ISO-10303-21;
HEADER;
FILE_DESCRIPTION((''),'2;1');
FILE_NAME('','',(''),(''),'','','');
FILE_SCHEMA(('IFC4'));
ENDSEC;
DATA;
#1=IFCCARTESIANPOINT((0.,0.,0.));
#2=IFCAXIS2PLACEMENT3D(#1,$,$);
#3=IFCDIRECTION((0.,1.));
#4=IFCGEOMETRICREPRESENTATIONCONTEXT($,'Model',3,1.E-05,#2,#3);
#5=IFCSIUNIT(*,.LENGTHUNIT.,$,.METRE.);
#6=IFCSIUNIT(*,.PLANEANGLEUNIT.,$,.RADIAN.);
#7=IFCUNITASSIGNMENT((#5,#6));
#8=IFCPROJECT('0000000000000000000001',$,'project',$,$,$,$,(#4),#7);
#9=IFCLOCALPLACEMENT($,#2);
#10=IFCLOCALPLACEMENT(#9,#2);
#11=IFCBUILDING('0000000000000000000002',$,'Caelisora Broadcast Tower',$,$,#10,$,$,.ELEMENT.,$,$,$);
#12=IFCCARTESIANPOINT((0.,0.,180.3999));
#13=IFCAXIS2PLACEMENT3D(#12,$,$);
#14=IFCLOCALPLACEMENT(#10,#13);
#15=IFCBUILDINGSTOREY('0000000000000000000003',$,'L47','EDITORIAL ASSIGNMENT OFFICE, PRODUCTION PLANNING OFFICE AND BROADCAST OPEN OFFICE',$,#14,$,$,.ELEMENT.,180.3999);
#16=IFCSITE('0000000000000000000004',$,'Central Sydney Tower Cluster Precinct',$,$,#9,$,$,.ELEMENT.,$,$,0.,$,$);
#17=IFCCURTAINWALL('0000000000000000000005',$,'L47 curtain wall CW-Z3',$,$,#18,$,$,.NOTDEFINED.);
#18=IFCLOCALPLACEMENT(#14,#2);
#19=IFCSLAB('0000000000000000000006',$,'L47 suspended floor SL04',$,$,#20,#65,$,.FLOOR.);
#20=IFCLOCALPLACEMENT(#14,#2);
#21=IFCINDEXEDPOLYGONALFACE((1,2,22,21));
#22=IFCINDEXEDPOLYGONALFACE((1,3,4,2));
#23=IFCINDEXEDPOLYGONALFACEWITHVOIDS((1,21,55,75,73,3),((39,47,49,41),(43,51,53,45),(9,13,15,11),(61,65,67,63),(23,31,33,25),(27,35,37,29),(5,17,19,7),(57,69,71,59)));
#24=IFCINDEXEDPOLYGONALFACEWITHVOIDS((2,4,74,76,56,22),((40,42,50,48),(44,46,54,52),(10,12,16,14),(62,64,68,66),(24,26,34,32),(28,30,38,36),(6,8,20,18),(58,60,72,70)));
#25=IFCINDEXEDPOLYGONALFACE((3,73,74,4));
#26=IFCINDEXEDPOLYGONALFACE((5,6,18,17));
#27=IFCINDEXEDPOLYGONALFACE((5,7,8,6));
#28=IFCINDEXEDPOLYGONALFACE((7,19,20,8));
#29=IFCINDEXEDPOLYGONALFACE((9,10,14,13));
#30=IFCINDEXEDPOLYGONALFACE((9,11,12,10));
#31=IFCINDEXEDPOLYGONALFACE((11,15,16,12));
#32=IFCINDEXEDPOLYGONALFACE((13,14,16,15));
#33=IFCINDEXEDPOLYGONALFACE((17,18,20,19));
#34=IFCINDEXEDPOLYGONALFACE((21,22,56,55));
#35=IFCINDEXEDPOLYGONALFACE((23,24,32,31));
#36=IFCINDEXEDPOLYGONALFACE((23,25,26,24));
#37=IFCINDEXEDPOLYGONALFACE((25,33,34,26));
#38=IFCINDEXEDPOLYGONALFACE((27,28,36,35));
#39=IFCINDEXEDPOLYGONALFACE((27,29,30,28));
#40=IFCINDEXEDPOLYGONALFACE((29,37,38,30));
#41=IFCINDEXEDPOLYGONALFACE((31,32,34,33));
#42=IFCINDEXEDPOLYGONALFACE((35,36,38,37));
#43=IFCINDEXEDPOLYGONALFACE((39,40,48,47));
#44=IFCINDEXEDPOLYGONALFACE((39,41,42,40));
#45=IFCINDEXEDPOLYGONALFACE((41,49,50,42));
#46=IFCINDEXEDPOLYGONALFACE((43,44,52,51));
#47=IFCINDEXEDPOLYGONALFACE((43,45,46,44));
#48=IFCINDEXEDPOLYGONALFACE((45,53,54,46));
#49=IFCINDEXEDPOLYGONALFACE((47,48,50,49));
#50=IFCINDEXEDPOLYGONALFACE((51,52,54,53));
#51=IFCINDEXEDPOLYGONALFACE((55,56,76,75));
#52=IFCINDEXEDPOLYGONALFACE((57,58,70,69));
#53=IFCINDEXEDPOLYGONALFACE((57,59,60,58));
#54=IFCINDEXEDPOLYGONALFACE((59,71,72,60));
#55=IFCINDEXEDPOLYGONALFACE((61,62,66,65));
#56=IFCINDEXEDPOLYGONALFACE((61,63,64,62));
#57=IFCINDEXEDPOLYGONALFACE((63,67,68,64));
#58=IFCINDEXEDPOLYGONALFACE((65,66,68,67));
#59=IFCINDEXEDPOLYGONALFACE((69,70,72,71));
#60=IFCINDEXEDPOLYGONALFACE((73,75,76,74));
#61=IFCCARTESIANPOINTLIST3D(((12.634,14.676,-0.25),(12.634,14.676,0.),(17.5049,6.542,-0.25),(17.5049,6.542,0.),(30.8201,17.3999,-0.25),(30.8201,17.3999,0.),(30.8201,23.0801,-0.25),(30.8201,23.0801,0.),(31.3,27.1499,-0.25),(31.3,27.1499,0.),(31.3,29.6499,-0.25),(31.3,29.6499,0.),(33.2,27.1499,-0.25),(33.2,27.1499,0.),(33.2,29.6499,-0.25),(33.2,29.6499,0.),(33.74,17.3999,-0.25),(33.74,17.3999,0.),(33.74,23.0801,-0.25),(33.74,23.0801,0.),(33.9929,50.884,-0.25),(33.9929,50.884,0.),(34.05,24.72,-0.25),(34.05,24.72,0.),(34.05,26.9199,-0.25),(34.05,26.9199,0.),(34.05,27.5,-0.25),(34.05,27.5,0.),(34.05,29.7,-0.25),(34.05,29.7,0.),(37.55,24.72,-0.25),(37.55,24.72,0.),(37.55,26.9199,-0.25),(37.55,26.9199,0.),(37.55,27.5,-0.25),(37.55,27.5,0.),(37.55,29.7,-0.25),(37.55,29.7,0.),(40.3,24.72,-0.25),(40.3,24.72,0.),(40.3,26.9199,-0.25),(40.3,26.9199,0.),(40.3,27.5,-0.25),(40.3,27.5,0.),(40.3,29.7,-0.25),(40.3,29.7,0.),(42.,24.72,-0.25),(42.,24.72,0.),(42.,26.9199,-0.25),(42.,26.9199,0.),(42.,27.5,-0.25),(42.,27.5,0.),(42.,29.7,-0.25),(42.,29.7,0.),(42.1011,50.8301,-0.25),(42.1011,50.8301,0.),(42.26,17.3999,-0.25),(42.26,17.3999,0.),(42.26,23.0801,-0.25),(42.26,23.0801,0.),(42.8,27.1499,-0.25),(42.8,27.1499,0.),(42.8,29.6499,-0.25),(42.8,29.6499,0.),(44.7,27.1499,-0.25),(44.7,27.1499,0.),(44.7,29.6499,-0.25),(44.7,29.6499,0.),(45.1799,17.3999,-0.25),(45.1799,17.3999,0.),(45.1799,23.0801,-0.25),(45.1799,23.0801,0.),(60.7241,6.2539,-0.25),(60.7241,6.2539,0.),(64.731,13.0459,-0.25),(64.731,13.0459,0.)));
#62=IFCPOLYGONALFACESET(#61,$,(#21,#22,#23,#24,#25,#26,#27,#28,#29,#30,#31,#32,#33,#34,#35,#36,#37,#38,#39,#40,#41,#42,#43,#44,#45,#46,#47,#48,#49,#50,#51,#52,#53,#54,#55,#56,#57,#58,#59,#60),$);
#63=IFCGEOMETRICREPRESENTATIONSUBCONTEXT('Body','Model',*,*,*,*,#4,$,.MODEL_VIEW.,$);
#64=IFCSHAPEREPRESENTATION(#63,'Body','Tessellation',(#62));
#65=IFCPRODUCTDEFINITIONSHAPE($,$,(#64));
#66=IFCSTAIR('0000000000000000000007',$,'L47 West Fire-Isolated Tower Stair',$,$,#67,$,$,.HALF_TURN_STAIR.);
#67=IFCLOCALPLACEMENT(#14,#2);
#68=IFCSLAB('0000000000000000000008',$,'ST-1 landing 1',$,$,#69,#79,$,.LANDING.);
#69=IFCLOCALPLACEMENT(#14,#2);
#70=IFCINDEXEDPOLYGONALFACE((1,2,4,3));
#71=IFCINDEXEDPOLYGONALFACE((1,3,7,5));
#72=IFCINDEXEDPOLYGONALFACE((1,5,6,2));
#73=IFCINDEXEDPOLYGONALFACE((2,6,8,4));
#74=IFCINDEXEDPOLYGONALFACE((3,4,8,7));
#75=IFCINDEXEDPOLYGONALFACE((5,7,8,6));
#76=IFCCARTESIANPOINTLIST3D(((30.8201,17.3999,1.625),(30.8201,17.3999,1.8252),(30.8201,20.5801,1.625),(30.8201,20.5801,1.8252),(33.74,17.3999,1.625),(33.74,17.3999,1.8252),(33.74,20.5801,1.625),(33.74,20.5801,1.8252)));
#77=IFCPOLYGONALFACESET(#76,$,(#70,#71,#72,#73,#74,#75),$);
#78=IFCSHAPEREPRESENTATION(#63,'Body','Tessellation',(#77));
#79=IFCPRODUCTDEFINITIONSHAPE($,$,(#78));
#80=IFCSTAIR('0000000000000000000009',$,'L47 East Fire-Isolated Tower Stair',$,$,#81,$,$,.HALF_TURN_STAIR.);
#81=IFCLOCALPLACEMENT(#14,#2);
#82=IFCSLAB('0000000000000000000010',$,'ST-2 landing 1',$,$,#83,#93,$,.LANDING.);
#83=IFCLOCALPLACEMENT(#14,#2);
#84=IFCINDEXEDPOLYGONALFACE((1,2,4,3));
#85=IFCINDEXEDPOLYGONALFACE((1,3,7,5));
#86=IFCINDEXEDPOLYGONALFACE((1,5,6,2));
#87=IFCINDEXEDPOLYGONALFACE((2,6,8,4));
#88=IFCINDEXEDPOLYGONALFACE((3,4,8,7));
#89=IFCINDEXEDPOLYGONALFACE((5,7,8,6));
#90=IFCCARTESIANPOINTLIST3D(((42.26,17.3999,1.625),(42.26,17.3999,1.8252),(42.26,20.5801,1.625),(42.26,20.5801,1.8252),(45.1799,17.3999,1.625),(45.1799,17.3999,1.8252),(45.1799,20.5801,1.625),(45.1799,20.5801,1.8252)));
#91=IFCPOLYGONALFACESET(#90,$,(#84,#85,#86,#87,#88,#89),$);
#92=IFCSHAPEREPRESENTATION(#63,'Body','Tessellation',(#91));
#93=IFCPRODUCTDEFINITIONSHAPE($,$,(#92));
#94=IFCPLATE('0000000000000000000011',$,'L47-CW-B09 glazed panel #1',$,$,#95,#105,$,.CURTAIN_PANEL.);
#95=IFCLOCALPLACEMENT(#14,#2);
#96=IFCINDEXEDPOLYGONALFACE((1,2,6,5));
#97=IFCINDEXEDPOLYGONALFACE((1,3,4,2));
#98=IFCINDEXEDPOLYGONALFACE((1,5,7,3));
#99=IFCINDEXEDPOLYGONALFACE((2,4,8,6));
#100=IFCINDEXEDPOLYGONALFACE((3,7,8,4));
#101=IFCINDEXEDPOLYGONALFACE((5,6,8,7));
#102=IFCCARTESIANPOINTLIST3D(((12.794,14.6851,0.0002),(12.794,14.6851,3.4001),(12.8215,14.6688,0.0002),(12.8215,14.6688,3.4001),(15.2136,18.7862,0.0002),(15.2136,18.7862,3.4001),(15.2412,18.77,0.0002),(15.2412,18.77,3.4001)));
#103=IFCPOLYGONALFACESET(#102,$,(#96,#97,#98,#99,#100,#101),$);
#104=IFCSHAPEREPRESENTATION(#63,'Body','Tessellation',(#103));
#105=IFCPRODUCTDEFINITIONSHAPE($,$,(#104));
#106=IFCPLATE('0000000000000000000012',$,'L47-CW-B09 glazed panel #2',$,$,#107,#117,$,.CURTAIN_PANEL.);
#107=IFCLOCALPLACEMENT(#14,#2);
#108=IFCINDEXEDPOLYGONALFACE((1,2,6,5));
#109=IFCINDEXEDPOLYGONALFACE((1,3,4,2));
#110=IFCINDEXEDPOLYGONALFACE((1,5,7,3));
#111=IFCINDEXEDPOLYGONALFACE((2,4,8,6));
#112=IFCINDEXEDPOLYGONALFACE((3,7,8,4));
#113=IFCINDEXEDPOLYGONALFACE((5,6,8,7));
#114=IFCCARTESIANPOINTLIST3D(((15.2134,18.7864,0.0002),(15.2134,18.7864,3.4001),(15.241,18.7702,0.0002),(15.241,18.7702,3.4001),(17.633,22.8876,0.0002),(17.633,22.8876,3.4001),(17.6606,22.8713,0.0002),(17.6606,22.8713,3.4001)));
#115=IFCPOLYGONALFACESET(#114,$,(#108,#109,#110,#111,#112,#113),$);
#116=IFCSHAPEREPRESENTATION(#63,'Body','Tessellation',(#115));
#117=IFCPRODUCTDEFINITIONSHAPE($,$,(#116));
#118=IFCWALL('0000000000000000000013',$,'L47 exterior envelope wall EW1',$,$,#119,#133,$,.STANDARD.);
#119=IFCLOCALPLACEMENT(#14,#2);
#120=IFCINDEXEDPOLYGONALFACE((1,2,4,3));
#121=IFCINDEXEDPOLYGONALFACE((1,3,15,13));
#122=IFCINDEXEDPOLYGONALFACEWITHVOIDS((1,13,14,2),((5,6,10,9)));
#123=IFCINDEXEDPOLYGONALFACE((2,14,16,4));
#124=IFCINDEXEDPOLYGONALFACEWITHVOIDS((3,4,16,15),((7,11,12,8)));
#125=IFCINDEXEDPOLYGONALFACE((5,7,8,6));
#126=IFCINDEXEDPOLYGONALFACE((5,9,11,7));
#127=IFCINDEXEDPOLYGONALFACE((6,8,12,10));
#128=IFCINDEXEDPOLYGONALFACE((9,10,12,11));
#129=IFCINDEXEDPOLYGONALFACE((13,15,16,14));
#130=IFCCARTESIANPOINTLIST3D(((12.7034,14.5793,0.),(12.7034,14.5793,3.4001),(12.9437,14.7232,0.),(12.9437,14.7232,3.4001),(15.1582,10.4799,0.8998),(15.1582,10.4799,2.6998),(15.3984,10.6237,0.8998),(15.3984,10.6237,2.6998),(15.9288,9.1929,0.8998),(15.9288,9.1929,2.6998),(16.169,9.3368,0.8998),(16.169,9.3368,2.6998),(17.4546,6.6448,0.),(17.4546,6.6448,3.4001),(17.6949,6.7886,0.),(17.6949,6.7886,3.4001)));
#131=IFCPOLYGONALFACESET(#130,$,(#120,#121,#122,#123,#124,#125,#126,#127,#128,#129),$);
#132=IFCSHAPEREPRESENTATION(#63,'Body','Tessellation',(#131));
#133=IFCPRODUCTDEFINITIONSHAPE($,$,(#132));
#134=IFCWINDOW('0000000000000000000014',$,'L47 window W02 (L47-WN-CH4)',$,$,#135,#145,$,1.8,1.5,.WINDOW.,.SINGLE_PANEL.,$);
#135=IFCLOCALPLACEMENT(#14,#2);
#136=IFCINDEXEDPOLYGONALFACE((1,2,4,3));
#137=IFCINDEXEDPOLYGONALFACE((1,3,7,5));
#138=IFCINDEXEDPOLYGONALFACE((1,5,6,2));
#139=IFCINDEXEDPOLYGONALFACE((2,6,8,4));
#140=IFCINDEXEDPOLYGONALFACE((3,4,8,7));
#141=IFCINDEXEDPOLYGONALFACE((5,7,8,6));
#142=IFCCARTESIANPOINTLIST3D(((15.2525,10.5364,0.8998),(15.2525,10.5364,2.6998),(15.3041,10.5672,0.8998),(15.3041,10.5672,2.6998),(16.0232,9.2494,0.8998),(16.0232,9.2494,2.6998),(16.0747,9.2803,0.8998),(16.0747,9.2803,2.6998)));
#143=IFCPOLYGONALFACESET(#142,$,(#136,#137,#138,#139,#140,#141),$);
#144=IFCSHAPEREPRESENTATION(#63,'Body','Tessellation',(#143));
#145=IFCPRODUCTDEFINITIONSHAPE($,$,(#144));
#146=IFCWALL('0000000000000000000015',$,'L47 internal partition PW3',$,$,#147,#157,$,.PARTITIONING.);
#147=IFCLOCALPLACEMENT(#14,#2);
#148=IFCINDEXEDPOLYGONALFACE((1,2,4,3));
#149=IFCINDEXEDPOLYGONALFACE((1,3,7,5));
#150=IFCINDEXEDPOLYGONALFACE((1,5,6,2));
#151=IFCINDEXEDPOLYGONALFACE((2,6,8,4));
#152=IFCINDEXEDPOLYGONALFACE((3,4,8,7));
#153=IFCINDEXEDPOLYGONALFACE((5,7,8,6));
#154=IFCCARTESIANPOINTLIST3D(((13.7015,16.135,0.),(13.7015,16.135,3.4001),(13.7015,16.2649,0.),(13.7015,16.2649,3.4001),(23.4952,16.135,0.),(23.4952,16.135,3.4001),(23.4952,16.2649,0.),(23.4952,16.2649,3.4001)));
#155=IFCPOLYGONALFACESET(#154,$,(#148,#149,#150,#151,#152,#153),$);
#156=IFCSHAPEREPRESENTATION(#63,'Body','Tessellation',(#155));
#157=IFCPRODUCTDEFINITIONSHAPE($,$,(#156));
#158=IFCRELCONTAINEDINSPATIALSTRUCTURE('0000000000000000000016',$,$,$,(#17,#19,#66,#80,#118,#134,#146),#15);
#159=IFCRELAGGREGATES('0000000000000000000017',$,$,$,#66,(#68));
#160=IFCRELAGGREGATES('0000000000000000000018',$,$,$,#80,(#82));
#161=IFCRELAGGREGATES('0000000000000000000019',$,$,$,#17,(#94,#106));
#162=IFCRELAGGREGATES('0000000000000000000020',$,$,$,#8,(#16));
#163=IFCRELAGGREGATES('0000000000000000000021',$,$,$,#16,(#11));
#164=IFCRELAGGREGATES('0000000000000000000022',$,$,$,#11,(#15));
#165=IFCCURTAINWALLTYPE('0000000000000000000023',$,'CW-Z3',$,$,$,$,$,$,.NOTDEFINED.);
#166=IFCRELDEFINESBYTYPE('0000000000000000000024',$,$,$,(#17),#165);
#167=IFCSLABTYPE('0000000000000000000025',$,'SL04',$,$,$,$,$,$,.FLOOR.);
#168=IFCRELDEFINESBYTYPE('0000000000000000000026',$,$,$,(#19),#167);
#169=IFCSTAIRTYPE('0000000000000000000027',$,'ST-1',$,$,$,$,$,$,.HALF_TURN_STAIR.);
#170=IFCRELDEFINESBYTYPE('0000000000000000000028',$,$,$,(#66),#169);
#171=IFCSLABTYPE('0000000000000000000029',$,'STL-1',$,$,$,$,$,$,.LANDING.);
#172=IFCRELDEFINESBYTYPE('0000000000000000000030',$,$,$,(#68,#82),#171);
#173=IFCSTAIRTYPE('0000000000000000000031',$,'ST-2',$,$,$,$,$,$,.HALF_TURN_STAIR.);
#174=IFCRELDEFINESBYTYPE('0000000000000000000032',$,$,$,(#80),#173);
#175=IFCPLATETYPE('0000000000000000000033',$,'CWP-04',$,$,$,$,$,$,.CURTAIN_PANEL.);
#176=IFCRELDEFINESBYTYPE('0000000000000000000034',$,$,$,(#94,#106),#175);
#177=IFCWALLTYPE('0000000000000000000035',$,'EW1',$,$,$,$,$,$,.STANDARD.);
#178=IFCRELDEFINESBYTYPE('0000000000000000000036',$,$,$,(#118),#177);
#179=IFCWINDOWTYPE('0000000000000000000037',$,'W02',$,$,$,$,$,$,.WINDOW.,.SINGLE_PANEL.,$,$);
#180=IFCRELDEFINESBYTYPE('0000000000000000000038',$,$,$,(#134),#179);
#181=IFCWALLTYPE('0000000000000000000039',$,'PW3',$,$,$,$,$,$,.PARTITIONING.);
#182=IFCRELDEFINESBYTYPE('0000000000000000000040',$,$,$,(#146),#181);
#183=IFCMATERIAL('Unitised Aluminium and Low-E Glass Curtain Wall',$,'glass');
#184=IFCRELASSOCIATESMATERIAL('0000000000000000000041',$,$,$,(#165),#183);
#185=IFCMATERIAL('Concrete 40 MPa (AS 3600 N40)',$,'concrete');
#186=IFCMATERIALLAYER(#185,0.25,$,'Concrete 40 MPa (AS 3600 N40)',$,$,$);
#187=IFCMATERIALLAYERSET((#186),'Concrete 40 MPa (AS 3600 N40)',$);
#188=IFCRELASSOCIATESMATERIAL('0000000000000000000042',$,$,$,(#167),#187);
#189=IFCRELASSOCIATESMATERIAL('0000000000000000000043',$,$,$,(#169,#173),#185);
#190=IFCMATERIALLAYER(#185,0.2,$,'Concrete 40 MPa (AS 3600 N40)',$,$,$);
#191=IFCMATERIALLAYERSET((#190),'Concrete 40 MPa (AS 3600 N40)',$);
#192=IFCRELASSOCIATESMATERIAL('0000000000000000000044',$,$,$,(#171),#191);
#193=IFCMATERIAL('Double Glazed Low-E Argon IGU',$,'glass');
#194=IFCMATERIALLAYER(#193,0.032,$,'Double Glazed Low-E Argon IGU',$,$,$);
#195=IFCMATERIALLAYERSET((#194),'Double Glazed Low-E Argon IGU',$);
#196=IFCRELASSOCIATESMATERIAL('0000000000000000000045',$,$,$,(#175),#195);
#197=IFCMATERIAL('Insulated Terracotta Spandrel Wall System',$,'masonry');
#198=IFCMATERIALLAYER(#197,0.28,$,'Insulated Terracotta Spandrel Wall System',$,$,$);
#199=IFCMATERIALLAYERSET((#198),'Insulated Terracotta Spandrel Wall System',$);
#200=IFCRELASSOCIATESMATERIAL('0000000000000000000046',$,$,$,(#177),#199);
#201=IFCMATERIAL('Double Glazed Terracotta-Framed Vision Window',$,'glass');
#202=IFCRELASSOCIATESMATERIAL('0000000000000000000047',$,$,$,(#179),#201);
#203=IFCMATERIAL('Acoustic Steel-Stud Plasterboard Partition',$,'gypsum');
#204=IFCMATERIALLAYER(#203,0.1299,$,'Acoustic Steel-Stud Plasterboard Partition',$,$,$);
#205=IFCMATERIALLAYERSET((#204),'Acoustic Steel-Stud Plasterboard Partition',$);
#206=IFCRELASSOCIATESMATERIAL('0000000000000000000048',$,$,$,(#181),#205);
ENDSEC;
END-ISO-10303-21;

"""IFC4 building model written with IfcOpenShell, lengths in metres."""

from ifc_helpers import new_model, si_unit, direction, frame, frame_2d, origin, origin_2d, place, context, subcontext, project, spatial, polyline, rectangle, outline, extrude, source, transform, mapped, material, layer, layer_set, type_object, type_shapes, element, fill, aggregate, save


model = new_model("IFC4")

# Units and contexts
model_context = context("Model", 3, precision=1e-05, world=origin(), true_north=direction((0.0, 1.0)))
body_context = subcontext(model_context, "Body", "Model", "MODEL_VIEW")
ifc_project = project(units=[si_unit("LENGTHUNIT", "METRE"), si_unit("PLANEANGLEUNIT", "RADIAN")], contexts=[model_context])

# Site, building, storey
site_placement = place(None, origin())
site = spatial("IfcSite", under=ifc_project, at=site_placement, Name="Central Sydney Tower Cluster Precinct", CompositionType="ELEMENT", RefElevation=0.0)
building_placement = place(site_placement, origin())
building = spatial("IfcBuilding", under=site, at=building_placement, Name="Caelisora Broadcast Tower", CompositionType="ELEMENT")
storey_placement = place(building_placement, frame((0.0, 0.0, 180.3999)))
storey = spatial("IfcBuildingStorey", under=building, at=storey_placement, Name="L47", Description="EDITORIAL ASSIGNMENT OFFICE, PRODUCTION PLANNING OFFICE AND BROADCAST OPEN OFFICE", CompositionType="ELEMENT", Elevation=180.3999)

# Shared definitions
ifc_material_1 = material(Name="Unitised Aluminium and Low-E Glass Curtain Wall", Category="glass")
curtain_wall_type = type_object("IfcCurtainWallType", Name="CW-Z3", PredefinedType="NOTDEFINED", material=ifc_material_1)

# Curtain wall
curtain_wall_1_placement = place(storey_placement, origin())
curtain_wall_1 = element("IfcCurtainWall", 1, at=curtain_wall_1_placement, inside=storey, type_object=curtain_wall_type, Name="L47 curtain wall CW-Z3", PredefinedType="NOTDEFINED")

# Slab
ifc_material_2 = material(Name="Concrete 40 MPa (AS 3600 N40)", Category="concrete")
ifc_layer_1 = layer(ifc_material_2, 0.25, Name="Concrete 40 MPa (AS 3600 N40)")
ifc_layer_set_1 = layer_set([ifc_layer_1], Name="Concrete 40 MPa (AS 3600 N40)")
slab_type_1 = type_object("IfcSlabType", Name="SL04", PredefinedType="FLOOR", material=ifc_layer_set_1)
slab_1_placement = place(storey_placement, frame((0.0, 0.0, -0.25)))
element("IfcSlab", 2, at=slab_1_placement, inside=storey, type_object=slab_type_1, Name="L47 suspended floor SL04", PredefinedType="FLOOR", context=body_context, shape_type="SweptSolid", body=[
    extrude(outline(polyline([(42.1011, 50.8301), (33.9929, 50.884), (12.634, 14.676), (17.5049, 6.542), (60.7241, 6.2539), (64.731, 13.0459), (42.1011, 50.8301)]), holes=[polyline([(30.8201, 17.3999), (33.74, 17.3999), (33.74, 23.0801), (30.8201, 23.0801), (30.8201, 17.3999)]), polyline([(42.26, 17.3999), (45.1799, 17.3999), (45.1799, 23.0801), (42.26, 23.0801), (42.26, 17.3999)]), polyline([(42.8, 27.1499), (44.7, 27.1499), (44.7, 29.6499), (42.8, 29.6499), (42.8, 27.1499)]), polyline([(40.3, 24.72), (42.0, 24.72), (42.0, 26.9199), (40.3, 26.9199), (40.3, 24.72)]), polyline([(40.3, 27.5), (42.0, 27.5), (42.0, 29.7), (40.3, 29.7), (40.3, 27.5)]), polyline([(34.05, 24.72), (37.55, 24.72), (37.55, 26.9199), (34.05, 26.9199), (34.05, 24.72)]), polyline([(34.05, 27.5), (37.55, 27.5), (37.55, 29.7), (34.05, 29.7), (34.05, 27.5)]), polyline([(31.3, 27.1499), (33.2, 27.1499), (33.2, 29.6499), (31.3, 29.6499), (31.3, 27.1499)])]), origin(), (0.0, 0.0, 1.0), 0.25),
])

# Stairs, slabs
stair_type_1 = type_object("IfcStairType", Name="ST-1", PredefinedType="HALF_TURN_STAIR", material=ifc_material_2)
stair_1_placement = place(storey_placement, origin())
stair_1 = element("IfcStair", 3, at=stair_1_placement, inside=storey, type_object=stair_type_1, Name="L47 West Fire-Isolated Tower Stair", PredefinedType="HALF_TURN_STAIR")
ifc_layer_2 = layer(ifc_material_2, 0.2, Name="Concrete 40 MPa (AS 3600 N40)")
ifc_layer_set_2 = layer_set([ifc_layer_2], Name="Concrete 40 MPa (AS 3600 N40)")
slab_type_2 = type_object("IfcSlabType", Name="STL-1", PredefinedType="LANDING", material=ifc_layer_set_2)
slab_2_placement = place(storey_placement, frame((0.0, 0.0, 1.625)))
slab_2 = element("IfcSlab", 4, at=slab_2_placement, type_object=slab_type_2, Name="ST-1 landing 1", PredefinedType="LANDING", context=body_context, shape_type="SweptSolid", body=[
    extrude(outline(polyline([(30.8201, 20.5801), (30.8201, 17.3999), (33.74, 17.3999), (33.74, 20.5801), (30.8201, 20.5801)])), origin(), (0.0, 0.0, 1.0), 0.2002),
])
aggregate(stair_1, [slab_2])
stair_type_2 = type_object("IfcStairType", Name="ST-2", PredefinedType="HALF_TURN_STAIR", material=ifc_material_2)
stair_2_placement = place(storey_placement, origin())
stair_2 = element("IfcStair", 5, at=stair_2_placement, inside=storey, type_object=stair_type_2, Name="L47 East Fire-Isolated Tower Stair", PredefinedType="HALF_TURN_STAIR")
slab_3_placement = place(storey_placement, frame((0.0, 0.0, 1.625)))
slab_3 = element("IfcSlab", 6, at=slab_3_placement, type_object=slab_type_2, Name="ST-2 landing 1", PredefinedType="LANDING", context=body_context, shape_type="SweptSolid", body=[
    extrude(outline(polyline([(42.26, 20.5801), (42.26, 17.3999), (45.1799, 17.3999), (45.1799, 20.5801), (42.26, 20.5801)])), origin(), (0.0, 0.0, 1.0), 0.2002),
])
aggregate(stair_2, [slab_3])

# Plates
ifc_material_3 = material(Name="Double Glazed Low-E Argon IGU", Category="glass")
ifc_layer_3 = layer(ifc_material_3, 0.032, Name="Double Glazed Low-E Argon IGU")
ifc_layer_set_3 = layer_set([ifc_layer_3], Name="Double Glazed Low-E Argon IGU")
plate_type = type_object("IfcPlateType", Name="CWP-04", PredefinedType="CURTAIN_PANEL", material=ifc_layer_set_3)
shared_shape_1 = source(origin(), body_context, "Body", "SweptSolid", [
    extrude(rectangle(XDim=4.7617, YDim=0.032, at=origin_2d()), origin(), (0.0, 0.0, 1.0), 3.3999),
])
type_shapes(plate_type, [shared_shape_1])
plate_1_placement = place(storey_placement, frame((14.0176, 16.7275, 0.0002), z_axis=(0.0, 0.0, 1.0), x_axis=(0.50814, 0.861275, 0.0)))
plate_1 = element("IfcPlate", 7, at=plate_1_placement, type_object=plate_type, Name="L47-CW-B09 glazed panel #1", PredefinedType="CURTAIN_PANEL", context=body_context, shape_type="MappedRepresentation", body=[
    mapped(shared_shape_1, transform((0.0, 0.0, 0.0), scale=1.0)),
])
plate_2_placement = place(storey_placement, frame((16.437, 20.8289, 0.0002), z_axis=(0.0, 0.0, 1.0), x_axis=(0.50814, 0.861275, 0.0)))
plate_2 = element("IfcPlate", 8, at=plate_2_placement, type_object=plate_type, Name="L47-CW-B09 glazed panel #2", PredefinedType="CURTAIN_PANEL", context=body_context, shape_type="MappedRepresentation", body=[
    mapped(shared_shape_1, transform((0.0, 0.0, 0.0), scale=1.0)),
])
aggregate(curtain_wall_1, [plate_1, plate_2])

# Wall, opening, window
ifc_material_4 = material(Name="Insulated Terracotta Spandrel Wall System", Category="masonry")
ifc_layer_4 = layer(ifc_material_4, 0.28, Name="Insulated Terracotta Spandrel Wall System")
ifc_layer_set_4 = layer_set([ifc_layer_4], Name="Insulated Terracotta Spandrel Wall System")
wall_type_1 = type_object("IfcWallType", Name="EW1", PredefinedType="STANDARD", material=ifc_layer_set_4)
wall_1_placement = place(storey_placement, frame((17.5747, 6.7168, 0.0), z_axis=(0.0, 0.0, 1.0), x_axis=(-0.513739, 0.857947, 0.0)))
wall_1 = element("IfcWall", 9, at=wall_1_placement, inside=storey, type_object=wall_type_1, Name="L47 exterior envelope wall EW1", PredefinedType="STANDARD", context=body_context, shape_type="SweptSolid", body=[
    extrude(rectangle(XDim=9.2483, YDim=0.28, at=frame_2d((4.624, 0.0))), origin(), (0.0, 0.0, 1.0), 3.4001),
])
opening_1_placement = place(wall_1_placement, frame((2.97, 0.0, 0.8999)))
opening_1 = element("IfcOpeningElement", 10, at=opening_1_placement, cuts=wall_1, PredefinedType="OPENING", context=body_context, shape_type="SweptSolid", body=[
    extrude(rectangle(XDim=1.5, YDim=1.8, at=frame_2d((0.75, 0.8999))), frame((0.0, 0.1521, 0.0), z_axis=(0.0, -1.0, 0.0), x_axis=(1.0, 0.0, 0.0)), (0.0, 0.0, 1.0), 0.304),
])
ifc_material_5 = material(Name="Double Glazed Terracotta-Framed Vision Window", Category="glass")
window_type = type_object("IfcWindowType", Name="W02", PartitioningType="SINGLE_PANEL", PredefinedType="WINDOW", material=ifc_material_5)
window_placement = place(opening_1_placement, origin())
window = element("IfcWindow", 11, at=window_placement, inside=storey, type_object=window_type, Name="L47 window W02 (L47-WN-CH4)", OverallHeight=1.8, OverallWidth=1.5, PartitioningType="SINGLE_PANEL", PredefinedType="WINDOW", context=body_context, shape_type="SweptSolid", body=[
    extrude(rectangle(XDim=1.5, YDim=1.8, at=frame_2d((0.75, 0.8999))), frame((0.0, 0.03, 0.0), z_axis=(0.0, -1.0, 0.0), x_axis=(1.0, 0.0, 0.0)), (0.0, 0.0, 1.0), 0.0601),
])
fill(opening_1, window)

# Wall
ifc_material_6 = material(Name="Acoustic Steel-Stud Plasterboard Partition", Category="gypsum")
ifc_layer_5 = layer(ifc_material_6, 0.1299, Name="Acoustic Steel-Stud Plasterboard Partition")
ifc_layer_set_5 = layer_set([ifc_layer_5], Name="Acoustic Steel-Stud Plasterboard Partition")
wall_type_2 = type_object("IfcWallType", Name="PW3", PredefinedType="PARTITIONING", material=ifc_layer_set_5)
wall_2_placement = place(storey_placement, frame((13.7014, 16.2, 0.0), z_axis=(0.0, 0.0, 1.0), x_axis=(1.0, 0.0, 0.0)))
element("IfcWall", 12, at=wall_2_placement, inside=storey, type_object=wall_type_2, Name="L47 internal partition PW3", PredefinedType="PARTITIONING", context=body_context, shape_type="SweptSolid", body=[
    extrude(rectangle(XDim=9.7937, YDim=0.1299, at=frame_2d((4.897, 0.0))), origin(), (0.0, 0.0, 1.0), 3.4001),
])

save(model, "model.ifc")
